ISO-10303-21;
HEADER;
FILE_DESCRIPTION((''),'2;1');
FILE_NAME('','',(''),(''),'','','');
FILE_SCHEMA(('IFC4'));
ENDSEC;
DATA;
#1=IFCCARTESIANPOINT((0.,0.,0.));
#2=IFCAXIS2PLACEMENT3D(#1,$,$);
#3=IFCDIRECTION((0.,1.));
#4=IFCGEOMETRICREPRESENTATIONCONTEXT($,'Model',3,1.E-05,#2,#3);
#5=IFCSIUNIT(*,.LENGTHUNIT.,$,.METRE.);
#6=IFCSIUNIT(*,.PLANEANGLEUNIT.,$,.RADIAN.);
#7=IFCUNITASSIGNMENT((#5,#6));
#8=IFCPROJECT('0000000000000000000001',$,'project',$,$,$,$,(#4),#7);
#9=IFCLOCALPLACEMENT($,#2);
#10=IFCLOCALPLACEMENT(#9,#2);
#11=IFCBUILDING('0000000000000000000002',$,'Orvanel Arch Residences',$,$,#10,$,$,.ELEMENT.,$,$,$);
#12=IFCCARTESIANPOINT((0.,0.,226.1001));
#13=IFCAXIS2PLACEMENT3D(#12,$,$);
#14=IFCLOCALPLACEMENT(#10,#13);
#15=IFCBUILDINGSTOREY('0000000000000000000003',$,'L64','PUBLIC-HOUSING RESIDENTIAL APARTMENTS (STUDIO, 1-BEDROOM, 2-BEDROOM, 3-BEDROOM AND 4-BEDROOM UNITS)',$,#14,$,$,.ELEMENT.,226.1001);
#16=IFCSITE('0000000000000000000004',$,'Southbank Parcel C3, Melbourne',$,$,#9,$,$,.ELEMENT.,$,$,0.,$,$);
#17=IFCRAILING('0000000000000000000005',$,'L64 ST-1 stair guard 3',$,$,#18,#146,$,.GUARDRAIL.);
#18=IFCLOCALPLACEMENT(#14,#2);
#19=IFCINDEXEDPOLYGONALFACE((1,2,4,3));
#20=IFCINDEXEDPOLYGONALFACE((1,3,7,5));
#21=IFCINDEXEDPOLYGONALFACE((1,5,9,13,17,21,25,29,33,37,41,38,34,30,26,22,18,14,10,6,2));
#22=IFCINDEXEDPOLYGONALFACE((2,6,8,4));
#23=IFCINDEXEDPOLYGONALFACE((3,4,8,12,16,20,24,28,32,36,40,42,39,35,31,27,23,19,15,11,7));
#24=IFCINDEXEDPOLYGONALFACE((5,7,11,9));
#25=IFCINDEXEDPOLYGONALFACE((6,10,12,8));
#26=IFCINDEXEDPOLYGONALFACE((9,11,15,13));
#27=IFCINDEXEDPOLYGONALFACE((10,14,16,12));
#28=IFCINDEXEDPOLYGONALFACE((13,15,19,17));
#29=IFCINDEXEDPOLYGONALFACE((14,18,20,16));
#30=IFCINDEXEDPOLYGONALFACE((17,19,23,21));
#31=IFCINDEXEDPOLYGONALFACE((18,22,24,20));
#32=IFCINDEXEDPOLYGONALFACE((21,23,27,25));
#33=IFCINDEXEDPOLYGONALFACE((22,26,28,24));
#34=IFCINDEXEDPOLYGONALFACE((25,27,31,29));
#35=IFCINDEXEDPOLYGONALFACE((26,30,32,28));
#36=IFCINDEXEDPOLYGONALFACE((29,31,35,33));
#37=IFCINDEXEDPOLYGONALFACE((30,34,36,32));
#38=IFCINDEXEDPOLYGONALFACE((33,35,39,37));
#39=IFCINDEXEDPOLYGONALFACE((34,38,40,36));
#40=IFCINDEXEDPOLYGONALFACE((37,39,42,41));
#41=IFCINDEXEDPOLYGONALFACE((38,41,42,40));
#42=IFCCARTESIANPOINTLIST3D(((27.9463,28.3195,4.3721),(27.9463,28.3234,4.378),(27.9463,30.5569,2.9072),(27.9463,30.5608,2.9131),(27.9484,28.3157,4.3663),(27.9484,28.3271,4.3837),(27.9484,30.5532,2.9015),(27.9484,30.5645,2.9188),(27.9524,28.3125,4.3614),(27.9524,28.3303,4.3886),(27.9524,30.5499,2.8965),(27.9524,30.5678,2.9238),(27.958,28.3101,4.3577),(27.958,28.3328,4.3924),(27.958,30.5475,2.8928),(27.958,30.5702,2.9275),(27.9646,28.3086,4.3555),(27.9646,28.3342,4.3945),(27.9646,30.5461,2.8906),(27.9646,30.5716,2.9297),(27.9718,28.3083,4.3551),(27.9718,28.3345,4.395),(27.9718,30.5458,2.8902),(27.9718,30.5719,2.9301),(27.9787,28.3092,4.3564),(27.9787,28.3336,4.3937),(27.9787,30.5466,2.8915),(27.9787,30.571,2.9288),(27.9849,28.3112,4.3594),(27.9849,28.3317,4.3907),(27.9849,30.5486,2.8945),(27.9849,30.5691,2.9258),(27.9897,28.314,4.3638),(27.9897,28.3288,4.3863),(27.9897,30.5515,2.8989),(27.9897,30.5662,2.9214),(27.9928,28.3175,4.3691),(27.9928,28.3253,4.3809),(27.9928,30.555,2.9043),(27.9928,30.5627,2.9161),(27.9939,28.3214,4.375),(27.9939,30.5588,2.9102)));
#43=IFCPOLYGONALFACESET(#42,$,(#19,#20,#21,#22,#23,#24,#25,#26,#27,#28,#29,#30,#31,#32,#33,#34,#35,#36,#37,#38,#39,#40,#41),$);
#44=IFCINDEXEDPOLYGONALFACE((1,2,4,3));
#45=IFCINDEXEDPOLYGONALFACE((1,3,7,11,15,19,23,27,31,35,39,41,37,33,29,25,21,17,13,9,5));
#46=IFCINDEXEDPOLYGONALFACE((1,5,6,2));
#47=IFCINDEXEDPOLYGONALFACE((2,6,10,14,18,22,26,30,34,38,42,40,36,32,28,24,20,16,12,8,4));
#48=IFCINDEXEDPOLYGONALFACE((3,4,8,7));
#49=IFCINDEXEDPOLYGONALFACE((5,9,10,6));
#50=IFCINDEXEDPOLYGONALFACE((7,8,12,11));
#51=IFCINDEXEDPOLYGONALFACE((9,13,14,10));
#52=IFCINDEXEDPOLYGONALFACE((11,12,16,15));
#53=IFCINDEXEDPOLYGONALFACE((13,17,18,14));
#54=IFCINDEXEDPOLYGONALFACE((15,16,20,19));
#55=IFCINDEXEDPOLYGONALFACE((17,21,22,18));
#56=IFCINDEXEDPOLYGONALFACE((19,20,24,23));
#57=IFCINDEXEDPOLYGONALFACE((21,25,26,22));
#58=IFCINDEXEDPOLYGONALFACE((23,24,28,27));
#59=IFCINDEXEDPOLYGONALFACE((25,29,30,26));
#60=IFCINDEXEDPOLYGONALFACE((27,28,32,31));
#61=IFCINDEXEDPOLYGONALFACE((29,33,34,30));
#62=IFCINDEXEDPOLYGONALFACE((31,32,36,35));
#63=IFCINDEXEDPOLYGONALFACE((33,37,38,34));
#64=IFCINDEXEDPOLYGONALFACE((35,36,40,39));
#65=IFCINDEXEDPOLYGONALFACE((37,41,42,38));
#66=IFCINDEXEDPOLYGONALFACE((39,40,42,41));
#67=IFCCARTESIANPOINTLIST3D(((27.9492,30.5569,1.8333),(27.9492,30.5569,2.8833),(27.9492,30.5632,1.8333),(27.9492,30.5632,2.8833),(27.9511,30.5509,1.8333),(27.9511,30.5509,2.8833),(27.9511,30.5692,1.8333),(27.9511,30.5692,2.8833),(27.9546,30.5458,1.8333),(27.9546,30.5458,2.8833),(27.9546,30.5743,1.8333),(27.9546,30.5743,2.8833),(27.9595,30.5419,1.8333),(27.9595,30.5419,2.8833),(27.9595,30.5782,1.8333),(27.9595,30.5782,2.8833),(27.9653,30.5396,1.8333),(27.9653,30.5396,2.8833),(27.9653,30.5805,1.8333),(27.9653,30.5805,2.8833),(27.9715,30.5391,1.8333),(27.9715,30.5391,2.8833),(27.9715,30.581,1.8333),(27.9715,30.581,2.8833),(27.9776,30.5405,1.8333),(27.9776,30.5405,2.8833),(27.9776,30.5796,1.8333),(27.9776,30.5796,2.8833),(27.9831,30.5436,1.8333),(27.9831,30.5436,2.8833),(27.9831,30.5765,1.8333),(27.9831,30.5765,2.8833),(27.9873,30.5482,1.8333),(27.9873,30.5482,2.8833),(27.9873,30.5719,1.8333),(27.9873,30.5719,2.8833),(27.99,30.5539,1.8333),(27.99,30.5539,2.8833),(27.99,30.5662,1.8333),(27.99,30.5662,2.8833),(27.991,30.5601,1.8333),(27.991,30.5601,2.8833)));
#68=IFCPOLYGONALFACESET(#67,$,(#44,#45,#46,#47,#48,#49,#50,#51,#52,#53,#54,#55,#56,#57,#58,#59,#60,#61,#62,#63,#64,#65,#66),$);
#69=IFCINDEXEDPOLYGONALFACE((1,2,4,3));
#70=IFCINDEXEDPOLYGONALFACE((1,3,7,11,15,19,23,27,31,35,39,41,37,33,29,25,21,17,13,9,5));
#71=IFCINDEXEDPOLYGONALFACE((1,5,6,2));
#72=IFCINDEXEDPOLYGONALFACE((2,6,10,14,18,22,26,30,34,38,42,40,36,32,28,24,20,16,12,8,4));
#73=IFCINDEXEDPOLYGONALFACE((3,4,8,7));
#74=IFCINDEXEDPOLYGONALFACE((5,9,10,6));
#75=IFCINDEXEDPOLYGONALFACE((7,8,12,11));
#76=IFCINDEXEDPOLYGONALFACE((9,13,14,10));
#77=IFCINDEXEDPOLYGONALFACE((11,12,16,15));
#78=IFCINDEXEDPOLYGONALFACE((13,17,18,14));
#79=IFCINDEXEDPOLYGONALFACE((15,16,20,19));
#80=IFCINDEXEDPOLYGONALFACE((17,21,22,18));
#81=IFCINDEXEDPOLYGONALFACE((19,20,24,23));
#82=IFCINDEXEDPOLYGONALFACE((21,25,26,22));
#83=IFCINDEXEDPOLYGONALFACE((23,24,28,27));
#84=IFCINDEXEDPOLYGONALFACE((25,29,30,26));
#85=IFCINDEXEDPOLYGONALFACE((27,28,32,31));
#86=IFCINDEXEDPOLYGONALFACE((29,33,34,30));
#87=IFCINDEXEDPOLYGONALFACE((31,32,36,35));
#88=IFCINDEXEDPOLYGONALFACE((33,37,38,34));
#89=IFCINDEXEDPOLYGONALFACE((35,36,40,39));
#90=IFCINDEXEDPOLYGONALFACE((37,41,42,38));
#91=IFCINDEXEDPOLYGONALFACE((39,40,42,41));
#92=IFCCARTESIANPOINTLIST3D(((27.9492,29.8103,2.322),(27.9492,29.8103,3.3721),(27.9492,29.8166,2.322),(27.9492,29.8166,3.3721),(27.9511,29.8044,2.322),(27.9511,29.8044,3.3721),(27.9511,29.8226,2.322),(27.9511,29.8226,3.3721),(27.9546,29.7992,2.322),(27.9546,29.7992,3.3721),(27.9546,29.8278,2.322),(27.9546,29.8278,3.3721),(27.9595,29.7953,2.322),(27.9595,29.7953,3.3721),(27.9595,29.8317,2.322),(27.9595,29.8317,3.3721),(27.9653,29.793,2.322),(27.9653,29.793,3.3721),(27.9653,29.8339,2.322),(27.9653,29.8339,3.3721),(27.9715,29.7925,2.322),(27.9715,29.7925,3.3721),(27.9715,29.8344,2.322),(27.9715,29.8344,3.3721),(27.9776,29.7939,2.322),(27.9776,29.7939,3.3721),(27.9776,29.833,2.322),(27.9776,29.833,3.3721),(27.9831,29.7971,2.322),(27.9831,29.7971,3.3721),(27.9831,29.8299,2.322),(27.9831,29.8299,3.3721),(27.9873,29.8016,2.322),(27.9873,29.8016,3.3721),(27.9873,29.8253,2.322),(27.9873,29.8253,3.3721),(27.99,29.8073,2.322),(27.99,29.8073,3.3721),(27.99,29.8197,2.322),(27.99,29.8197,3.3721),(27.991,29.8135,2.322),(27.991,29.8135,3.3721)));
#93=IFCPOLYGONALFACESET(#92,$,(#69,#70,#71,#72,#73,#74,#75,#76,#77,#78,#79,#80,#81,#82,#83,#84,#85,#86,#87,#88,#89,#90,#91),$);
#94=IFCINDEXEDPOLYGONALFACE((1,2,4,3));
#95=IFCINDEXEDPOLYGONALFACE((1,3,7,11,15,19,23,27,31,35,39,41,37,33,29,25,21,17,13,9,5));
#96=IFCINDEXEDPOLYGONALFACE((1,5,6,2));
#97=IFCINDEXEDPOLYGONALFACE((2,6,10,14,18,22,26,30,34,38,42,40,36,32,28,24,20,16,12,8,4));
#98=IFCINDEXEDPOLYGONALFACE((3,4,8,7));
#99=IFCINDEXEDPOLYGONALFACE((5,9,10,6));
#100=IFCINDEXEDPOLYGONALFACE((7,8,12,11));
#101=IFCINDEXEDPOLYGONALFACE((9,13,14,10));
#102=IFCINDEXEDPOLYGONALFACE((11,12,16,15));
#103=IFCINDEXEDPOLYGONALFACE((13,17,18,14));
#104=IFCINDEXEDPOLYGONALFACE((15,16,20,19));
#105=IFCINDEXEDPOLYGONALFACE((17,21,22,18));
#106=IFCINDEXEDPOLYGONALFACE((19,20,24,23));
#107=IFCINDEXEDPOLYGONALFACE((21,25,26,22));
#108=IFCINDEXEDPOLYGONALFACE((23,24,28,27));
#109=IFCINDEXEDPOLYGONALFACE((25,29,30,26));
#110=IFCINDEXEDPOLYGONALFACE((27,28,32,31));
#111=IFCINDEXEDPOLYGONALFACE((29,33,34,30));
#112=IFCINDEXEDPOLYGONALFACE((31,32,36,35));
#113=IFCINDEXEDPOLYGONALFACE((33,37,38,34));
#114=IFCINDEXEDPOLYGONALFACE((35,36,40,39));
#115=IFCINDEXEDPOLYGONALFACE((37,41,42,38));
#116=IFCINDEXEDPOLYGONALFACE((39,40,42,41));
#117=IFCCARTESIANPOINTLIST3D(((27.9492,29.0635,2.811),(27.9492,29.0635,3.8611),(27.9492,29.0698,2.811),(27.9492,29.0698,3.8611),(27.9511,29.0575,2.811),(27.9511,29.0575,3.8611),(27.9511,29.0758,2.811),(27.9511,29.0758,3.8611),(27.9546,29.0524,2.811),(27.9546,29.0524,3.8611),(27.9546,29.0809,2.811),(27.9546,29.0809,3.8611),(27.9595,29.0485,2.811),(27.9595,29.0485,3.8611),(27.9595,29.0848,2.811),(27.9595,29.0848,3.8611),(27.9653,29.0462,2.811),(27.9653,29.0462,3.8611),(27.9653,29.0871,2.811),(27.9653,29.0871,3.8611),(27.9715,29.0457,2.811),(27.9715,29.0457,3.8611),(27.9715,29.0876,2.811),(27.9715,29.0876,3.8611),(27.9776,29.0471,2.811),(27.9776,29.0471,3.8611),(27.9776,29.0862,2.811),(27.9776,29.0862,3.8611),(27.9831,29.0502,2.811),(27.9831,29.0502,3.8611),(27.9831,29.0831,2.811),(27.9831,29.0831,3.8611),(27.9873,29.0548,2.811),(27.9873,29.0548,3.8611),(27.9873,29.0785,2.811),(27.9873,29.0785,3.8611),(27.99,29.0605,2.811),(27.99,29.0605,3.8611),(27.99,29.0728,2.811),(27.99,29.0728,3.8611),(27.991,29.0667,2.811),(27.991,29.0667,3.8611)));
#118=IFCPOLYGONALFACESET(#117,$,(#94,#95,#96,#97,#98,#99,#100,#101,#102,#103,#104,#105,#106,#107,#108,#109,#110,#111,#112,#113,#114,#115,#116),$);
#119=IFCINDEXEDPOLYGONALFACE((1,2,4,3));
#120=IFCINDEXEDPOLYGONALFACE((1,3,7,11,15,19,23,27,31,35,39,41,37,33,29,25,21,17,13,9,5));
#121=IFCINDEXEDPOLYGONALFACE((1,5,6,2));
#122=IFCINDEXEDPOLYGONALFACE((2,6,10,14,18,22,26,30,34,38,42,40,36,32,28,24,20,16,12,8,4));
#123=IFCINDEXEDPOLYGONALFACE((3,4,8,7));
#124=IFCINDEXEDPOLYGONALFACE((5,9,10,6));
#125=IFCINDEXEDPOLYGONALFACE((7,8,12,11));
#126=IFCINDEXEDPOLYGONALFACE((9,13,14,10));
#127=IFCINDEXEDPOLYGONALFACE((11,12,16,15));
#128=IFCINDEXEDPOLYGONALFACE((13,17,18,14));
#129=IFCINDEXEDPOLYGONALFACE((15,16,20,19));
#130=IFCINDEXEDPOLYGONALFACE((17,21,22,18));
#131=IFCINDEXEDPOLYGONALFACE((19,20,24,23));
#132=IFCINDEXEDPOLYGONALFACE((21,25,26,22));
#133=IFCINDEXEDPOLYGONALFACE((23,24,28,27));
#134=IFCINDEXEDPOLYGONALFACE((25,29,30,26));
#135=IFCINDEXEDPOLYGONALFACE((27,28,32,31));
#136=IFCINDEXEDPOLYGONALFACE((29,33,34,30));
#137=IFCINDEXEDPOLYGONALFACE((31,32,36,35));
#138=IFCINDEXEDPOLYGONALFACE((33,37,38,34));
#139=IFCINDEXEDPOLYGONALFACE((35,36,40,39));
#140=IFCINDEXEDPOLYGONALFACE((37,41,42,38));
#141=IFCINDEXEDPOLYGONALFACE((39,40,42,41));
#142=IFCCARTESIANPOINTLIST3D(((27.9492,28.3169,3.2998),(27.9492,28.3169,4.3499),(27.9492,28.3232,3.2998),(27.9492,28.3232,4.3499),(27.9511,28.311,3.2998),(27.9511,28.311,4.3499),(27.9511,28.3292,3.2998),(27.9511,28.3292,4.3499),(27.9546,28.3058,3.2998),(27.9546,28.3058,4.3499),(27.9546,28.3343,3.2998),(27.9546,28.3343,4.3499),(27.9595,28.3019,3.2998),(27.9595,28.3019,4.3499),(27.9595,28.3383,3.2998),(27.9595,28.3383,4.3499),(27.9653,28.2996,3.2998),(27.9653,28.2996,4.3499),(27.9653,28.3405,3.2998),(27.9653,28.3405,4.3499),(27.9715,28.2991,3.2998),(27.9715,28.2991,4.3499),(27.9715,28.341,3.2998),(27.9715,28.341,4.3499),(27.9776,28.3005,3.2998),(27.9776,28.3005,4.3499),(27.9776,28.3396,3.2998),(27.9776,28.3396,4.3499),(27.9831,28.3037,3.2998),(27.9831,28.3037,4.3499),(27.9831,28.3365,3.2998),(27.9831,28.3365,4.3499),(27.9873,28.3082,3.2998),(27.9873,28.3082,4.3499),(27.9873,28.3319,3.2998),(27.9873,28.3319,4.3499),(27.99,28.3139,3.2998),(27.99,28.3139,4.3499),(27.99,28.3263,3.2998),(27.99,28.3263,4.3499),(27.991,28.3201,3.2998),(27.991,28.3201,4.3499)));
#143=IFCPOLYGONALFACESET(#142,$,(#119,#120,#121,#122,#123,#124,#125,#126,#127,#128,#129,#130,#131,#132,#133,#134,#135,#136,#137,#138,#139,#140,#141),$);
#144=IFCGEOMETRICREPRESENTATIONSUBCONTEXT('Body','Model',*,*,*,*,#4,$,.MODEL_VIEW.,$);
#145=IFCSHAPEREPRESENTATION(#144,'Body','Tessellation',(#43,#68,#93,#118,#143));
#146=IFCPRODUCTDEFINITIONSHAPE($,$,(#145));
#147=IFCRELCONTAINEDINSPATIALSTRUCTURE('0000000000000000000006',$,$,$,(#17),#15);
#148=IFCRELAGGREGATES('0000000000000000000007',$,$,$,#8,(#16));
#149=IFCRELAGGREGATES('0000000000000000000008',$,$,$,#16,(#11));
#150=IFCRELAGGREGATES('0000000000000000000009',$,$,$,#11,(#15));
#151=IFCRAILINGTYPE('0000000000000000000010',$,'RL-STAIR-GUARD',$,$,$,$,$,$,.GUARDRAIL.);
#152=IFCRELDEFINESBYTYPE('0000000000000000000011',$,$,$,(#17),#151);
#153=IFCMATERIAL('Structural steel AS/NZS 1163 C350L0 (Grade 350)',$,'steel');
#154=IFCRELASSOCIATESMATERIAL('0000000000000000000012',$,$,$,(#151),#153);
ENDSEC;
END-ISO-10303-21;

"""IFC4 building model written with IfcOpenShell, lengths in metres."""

from ifc_helpers import new_model, si_unit, direction, frame, origin, origin_2d, place, context, subcontext, project, spatial, circle, extrude, material, type_object, element, save


model = new_model("IFC4")

# Units and contexts
model_context = context("Model", 3, precision=1e-05, world=origin(), true_north=direction((0.0, 1.0)))
body_context = subcontext(model_context, "Body", "Model", "MODEL_VIEW")
ifc_project = project(units=[si_unit("LENGTHUNIT", "METRE"), si_unit("PLANEANGLEUNIT", "RADIAN")], contexts=[model_context])

# Site, building, storey
site_placement = place(None, origin())
site = spatial("IfcSite", under=ifc_project, at=site_placement, Name="Southbank Parcel C3, Melbourne", CompositionType="ELEMENT", RefElevation=0.0)
building_placement = place(site_placement, origin())
building = spatial("IfcBuilding", under=site, at=building_placement, Name="Orvanel Arch Residences", CompositionType="ELEMENT")
storey_placement = place(building_placement, frame((0.0, 0.0, 226.1001)))
storey = spatial("IfcBuildingStorey", under=building, at=storey_placement, Name="L64", Description="PUBLIC-HOUSING RESIDENTIAL APARTMENTS (STUDIO, 1-BEDROOM, 2-BEDROOM, 3-BEDROOM AND 4-BEDROOM UNITS)", CompositionType="ELEMENT", Elevation=226.1001)

# Shared definitions
ifc_material_1 = material(Name="Structural steel AS/NZS 1163 C350L0 (Grade 350)", Category="steel")

# Railing
railing_type_1 = type_object("IfcRailingType", Name="RL-STAIR-GUARD", PredefinedType="GUARDRAIL", material=ifc_material_1)
railing_1_placement = place(storey_placement, frame((27.97, 30.5601, 1.8333)))
element("IfcRailing", 1, at=railing_1_placement, inside=storey, type_object=railing_type_1, Name="L64 ST-1 stair guard 3", PredefinedType="GUARDRAIL", context=body_context, shape_type="SweptSolid", body=[
    extrude(circle(Radius=0.0239, at=origin_2d()), frame((0.0, -0.0012, 1.0769), z_axis=(0.0, -0.836637, 0.547758), x_axis=(1.0, 0.0, 0.0)), (0.0, 0.0, 1.0), 2.6743),
    extrude(circle(Radius=0.021, at=origin_2d()), origin(), (0.0, 0.0, 1.0), 1.05),
    extrude(circle(Radius=0.021, at=origin_2d()), frame((0.0, -0.7466, 0.4888)), (0.0, 0.0, 1.0), 1.05),
    extrude(circle(Radius=0.021, at=origin_2d()), frame((0.0, -1.4934, 0.9778)), (0.0, 0.0, 1.0), 1.05),
    extrude(circle(Radius=0.021, at=origin_2d()), frame((0.0, -2.24, 1.4666)), (0.0, 0.0, 1.0), 1.05),
])

save(model, "model.ifc")
